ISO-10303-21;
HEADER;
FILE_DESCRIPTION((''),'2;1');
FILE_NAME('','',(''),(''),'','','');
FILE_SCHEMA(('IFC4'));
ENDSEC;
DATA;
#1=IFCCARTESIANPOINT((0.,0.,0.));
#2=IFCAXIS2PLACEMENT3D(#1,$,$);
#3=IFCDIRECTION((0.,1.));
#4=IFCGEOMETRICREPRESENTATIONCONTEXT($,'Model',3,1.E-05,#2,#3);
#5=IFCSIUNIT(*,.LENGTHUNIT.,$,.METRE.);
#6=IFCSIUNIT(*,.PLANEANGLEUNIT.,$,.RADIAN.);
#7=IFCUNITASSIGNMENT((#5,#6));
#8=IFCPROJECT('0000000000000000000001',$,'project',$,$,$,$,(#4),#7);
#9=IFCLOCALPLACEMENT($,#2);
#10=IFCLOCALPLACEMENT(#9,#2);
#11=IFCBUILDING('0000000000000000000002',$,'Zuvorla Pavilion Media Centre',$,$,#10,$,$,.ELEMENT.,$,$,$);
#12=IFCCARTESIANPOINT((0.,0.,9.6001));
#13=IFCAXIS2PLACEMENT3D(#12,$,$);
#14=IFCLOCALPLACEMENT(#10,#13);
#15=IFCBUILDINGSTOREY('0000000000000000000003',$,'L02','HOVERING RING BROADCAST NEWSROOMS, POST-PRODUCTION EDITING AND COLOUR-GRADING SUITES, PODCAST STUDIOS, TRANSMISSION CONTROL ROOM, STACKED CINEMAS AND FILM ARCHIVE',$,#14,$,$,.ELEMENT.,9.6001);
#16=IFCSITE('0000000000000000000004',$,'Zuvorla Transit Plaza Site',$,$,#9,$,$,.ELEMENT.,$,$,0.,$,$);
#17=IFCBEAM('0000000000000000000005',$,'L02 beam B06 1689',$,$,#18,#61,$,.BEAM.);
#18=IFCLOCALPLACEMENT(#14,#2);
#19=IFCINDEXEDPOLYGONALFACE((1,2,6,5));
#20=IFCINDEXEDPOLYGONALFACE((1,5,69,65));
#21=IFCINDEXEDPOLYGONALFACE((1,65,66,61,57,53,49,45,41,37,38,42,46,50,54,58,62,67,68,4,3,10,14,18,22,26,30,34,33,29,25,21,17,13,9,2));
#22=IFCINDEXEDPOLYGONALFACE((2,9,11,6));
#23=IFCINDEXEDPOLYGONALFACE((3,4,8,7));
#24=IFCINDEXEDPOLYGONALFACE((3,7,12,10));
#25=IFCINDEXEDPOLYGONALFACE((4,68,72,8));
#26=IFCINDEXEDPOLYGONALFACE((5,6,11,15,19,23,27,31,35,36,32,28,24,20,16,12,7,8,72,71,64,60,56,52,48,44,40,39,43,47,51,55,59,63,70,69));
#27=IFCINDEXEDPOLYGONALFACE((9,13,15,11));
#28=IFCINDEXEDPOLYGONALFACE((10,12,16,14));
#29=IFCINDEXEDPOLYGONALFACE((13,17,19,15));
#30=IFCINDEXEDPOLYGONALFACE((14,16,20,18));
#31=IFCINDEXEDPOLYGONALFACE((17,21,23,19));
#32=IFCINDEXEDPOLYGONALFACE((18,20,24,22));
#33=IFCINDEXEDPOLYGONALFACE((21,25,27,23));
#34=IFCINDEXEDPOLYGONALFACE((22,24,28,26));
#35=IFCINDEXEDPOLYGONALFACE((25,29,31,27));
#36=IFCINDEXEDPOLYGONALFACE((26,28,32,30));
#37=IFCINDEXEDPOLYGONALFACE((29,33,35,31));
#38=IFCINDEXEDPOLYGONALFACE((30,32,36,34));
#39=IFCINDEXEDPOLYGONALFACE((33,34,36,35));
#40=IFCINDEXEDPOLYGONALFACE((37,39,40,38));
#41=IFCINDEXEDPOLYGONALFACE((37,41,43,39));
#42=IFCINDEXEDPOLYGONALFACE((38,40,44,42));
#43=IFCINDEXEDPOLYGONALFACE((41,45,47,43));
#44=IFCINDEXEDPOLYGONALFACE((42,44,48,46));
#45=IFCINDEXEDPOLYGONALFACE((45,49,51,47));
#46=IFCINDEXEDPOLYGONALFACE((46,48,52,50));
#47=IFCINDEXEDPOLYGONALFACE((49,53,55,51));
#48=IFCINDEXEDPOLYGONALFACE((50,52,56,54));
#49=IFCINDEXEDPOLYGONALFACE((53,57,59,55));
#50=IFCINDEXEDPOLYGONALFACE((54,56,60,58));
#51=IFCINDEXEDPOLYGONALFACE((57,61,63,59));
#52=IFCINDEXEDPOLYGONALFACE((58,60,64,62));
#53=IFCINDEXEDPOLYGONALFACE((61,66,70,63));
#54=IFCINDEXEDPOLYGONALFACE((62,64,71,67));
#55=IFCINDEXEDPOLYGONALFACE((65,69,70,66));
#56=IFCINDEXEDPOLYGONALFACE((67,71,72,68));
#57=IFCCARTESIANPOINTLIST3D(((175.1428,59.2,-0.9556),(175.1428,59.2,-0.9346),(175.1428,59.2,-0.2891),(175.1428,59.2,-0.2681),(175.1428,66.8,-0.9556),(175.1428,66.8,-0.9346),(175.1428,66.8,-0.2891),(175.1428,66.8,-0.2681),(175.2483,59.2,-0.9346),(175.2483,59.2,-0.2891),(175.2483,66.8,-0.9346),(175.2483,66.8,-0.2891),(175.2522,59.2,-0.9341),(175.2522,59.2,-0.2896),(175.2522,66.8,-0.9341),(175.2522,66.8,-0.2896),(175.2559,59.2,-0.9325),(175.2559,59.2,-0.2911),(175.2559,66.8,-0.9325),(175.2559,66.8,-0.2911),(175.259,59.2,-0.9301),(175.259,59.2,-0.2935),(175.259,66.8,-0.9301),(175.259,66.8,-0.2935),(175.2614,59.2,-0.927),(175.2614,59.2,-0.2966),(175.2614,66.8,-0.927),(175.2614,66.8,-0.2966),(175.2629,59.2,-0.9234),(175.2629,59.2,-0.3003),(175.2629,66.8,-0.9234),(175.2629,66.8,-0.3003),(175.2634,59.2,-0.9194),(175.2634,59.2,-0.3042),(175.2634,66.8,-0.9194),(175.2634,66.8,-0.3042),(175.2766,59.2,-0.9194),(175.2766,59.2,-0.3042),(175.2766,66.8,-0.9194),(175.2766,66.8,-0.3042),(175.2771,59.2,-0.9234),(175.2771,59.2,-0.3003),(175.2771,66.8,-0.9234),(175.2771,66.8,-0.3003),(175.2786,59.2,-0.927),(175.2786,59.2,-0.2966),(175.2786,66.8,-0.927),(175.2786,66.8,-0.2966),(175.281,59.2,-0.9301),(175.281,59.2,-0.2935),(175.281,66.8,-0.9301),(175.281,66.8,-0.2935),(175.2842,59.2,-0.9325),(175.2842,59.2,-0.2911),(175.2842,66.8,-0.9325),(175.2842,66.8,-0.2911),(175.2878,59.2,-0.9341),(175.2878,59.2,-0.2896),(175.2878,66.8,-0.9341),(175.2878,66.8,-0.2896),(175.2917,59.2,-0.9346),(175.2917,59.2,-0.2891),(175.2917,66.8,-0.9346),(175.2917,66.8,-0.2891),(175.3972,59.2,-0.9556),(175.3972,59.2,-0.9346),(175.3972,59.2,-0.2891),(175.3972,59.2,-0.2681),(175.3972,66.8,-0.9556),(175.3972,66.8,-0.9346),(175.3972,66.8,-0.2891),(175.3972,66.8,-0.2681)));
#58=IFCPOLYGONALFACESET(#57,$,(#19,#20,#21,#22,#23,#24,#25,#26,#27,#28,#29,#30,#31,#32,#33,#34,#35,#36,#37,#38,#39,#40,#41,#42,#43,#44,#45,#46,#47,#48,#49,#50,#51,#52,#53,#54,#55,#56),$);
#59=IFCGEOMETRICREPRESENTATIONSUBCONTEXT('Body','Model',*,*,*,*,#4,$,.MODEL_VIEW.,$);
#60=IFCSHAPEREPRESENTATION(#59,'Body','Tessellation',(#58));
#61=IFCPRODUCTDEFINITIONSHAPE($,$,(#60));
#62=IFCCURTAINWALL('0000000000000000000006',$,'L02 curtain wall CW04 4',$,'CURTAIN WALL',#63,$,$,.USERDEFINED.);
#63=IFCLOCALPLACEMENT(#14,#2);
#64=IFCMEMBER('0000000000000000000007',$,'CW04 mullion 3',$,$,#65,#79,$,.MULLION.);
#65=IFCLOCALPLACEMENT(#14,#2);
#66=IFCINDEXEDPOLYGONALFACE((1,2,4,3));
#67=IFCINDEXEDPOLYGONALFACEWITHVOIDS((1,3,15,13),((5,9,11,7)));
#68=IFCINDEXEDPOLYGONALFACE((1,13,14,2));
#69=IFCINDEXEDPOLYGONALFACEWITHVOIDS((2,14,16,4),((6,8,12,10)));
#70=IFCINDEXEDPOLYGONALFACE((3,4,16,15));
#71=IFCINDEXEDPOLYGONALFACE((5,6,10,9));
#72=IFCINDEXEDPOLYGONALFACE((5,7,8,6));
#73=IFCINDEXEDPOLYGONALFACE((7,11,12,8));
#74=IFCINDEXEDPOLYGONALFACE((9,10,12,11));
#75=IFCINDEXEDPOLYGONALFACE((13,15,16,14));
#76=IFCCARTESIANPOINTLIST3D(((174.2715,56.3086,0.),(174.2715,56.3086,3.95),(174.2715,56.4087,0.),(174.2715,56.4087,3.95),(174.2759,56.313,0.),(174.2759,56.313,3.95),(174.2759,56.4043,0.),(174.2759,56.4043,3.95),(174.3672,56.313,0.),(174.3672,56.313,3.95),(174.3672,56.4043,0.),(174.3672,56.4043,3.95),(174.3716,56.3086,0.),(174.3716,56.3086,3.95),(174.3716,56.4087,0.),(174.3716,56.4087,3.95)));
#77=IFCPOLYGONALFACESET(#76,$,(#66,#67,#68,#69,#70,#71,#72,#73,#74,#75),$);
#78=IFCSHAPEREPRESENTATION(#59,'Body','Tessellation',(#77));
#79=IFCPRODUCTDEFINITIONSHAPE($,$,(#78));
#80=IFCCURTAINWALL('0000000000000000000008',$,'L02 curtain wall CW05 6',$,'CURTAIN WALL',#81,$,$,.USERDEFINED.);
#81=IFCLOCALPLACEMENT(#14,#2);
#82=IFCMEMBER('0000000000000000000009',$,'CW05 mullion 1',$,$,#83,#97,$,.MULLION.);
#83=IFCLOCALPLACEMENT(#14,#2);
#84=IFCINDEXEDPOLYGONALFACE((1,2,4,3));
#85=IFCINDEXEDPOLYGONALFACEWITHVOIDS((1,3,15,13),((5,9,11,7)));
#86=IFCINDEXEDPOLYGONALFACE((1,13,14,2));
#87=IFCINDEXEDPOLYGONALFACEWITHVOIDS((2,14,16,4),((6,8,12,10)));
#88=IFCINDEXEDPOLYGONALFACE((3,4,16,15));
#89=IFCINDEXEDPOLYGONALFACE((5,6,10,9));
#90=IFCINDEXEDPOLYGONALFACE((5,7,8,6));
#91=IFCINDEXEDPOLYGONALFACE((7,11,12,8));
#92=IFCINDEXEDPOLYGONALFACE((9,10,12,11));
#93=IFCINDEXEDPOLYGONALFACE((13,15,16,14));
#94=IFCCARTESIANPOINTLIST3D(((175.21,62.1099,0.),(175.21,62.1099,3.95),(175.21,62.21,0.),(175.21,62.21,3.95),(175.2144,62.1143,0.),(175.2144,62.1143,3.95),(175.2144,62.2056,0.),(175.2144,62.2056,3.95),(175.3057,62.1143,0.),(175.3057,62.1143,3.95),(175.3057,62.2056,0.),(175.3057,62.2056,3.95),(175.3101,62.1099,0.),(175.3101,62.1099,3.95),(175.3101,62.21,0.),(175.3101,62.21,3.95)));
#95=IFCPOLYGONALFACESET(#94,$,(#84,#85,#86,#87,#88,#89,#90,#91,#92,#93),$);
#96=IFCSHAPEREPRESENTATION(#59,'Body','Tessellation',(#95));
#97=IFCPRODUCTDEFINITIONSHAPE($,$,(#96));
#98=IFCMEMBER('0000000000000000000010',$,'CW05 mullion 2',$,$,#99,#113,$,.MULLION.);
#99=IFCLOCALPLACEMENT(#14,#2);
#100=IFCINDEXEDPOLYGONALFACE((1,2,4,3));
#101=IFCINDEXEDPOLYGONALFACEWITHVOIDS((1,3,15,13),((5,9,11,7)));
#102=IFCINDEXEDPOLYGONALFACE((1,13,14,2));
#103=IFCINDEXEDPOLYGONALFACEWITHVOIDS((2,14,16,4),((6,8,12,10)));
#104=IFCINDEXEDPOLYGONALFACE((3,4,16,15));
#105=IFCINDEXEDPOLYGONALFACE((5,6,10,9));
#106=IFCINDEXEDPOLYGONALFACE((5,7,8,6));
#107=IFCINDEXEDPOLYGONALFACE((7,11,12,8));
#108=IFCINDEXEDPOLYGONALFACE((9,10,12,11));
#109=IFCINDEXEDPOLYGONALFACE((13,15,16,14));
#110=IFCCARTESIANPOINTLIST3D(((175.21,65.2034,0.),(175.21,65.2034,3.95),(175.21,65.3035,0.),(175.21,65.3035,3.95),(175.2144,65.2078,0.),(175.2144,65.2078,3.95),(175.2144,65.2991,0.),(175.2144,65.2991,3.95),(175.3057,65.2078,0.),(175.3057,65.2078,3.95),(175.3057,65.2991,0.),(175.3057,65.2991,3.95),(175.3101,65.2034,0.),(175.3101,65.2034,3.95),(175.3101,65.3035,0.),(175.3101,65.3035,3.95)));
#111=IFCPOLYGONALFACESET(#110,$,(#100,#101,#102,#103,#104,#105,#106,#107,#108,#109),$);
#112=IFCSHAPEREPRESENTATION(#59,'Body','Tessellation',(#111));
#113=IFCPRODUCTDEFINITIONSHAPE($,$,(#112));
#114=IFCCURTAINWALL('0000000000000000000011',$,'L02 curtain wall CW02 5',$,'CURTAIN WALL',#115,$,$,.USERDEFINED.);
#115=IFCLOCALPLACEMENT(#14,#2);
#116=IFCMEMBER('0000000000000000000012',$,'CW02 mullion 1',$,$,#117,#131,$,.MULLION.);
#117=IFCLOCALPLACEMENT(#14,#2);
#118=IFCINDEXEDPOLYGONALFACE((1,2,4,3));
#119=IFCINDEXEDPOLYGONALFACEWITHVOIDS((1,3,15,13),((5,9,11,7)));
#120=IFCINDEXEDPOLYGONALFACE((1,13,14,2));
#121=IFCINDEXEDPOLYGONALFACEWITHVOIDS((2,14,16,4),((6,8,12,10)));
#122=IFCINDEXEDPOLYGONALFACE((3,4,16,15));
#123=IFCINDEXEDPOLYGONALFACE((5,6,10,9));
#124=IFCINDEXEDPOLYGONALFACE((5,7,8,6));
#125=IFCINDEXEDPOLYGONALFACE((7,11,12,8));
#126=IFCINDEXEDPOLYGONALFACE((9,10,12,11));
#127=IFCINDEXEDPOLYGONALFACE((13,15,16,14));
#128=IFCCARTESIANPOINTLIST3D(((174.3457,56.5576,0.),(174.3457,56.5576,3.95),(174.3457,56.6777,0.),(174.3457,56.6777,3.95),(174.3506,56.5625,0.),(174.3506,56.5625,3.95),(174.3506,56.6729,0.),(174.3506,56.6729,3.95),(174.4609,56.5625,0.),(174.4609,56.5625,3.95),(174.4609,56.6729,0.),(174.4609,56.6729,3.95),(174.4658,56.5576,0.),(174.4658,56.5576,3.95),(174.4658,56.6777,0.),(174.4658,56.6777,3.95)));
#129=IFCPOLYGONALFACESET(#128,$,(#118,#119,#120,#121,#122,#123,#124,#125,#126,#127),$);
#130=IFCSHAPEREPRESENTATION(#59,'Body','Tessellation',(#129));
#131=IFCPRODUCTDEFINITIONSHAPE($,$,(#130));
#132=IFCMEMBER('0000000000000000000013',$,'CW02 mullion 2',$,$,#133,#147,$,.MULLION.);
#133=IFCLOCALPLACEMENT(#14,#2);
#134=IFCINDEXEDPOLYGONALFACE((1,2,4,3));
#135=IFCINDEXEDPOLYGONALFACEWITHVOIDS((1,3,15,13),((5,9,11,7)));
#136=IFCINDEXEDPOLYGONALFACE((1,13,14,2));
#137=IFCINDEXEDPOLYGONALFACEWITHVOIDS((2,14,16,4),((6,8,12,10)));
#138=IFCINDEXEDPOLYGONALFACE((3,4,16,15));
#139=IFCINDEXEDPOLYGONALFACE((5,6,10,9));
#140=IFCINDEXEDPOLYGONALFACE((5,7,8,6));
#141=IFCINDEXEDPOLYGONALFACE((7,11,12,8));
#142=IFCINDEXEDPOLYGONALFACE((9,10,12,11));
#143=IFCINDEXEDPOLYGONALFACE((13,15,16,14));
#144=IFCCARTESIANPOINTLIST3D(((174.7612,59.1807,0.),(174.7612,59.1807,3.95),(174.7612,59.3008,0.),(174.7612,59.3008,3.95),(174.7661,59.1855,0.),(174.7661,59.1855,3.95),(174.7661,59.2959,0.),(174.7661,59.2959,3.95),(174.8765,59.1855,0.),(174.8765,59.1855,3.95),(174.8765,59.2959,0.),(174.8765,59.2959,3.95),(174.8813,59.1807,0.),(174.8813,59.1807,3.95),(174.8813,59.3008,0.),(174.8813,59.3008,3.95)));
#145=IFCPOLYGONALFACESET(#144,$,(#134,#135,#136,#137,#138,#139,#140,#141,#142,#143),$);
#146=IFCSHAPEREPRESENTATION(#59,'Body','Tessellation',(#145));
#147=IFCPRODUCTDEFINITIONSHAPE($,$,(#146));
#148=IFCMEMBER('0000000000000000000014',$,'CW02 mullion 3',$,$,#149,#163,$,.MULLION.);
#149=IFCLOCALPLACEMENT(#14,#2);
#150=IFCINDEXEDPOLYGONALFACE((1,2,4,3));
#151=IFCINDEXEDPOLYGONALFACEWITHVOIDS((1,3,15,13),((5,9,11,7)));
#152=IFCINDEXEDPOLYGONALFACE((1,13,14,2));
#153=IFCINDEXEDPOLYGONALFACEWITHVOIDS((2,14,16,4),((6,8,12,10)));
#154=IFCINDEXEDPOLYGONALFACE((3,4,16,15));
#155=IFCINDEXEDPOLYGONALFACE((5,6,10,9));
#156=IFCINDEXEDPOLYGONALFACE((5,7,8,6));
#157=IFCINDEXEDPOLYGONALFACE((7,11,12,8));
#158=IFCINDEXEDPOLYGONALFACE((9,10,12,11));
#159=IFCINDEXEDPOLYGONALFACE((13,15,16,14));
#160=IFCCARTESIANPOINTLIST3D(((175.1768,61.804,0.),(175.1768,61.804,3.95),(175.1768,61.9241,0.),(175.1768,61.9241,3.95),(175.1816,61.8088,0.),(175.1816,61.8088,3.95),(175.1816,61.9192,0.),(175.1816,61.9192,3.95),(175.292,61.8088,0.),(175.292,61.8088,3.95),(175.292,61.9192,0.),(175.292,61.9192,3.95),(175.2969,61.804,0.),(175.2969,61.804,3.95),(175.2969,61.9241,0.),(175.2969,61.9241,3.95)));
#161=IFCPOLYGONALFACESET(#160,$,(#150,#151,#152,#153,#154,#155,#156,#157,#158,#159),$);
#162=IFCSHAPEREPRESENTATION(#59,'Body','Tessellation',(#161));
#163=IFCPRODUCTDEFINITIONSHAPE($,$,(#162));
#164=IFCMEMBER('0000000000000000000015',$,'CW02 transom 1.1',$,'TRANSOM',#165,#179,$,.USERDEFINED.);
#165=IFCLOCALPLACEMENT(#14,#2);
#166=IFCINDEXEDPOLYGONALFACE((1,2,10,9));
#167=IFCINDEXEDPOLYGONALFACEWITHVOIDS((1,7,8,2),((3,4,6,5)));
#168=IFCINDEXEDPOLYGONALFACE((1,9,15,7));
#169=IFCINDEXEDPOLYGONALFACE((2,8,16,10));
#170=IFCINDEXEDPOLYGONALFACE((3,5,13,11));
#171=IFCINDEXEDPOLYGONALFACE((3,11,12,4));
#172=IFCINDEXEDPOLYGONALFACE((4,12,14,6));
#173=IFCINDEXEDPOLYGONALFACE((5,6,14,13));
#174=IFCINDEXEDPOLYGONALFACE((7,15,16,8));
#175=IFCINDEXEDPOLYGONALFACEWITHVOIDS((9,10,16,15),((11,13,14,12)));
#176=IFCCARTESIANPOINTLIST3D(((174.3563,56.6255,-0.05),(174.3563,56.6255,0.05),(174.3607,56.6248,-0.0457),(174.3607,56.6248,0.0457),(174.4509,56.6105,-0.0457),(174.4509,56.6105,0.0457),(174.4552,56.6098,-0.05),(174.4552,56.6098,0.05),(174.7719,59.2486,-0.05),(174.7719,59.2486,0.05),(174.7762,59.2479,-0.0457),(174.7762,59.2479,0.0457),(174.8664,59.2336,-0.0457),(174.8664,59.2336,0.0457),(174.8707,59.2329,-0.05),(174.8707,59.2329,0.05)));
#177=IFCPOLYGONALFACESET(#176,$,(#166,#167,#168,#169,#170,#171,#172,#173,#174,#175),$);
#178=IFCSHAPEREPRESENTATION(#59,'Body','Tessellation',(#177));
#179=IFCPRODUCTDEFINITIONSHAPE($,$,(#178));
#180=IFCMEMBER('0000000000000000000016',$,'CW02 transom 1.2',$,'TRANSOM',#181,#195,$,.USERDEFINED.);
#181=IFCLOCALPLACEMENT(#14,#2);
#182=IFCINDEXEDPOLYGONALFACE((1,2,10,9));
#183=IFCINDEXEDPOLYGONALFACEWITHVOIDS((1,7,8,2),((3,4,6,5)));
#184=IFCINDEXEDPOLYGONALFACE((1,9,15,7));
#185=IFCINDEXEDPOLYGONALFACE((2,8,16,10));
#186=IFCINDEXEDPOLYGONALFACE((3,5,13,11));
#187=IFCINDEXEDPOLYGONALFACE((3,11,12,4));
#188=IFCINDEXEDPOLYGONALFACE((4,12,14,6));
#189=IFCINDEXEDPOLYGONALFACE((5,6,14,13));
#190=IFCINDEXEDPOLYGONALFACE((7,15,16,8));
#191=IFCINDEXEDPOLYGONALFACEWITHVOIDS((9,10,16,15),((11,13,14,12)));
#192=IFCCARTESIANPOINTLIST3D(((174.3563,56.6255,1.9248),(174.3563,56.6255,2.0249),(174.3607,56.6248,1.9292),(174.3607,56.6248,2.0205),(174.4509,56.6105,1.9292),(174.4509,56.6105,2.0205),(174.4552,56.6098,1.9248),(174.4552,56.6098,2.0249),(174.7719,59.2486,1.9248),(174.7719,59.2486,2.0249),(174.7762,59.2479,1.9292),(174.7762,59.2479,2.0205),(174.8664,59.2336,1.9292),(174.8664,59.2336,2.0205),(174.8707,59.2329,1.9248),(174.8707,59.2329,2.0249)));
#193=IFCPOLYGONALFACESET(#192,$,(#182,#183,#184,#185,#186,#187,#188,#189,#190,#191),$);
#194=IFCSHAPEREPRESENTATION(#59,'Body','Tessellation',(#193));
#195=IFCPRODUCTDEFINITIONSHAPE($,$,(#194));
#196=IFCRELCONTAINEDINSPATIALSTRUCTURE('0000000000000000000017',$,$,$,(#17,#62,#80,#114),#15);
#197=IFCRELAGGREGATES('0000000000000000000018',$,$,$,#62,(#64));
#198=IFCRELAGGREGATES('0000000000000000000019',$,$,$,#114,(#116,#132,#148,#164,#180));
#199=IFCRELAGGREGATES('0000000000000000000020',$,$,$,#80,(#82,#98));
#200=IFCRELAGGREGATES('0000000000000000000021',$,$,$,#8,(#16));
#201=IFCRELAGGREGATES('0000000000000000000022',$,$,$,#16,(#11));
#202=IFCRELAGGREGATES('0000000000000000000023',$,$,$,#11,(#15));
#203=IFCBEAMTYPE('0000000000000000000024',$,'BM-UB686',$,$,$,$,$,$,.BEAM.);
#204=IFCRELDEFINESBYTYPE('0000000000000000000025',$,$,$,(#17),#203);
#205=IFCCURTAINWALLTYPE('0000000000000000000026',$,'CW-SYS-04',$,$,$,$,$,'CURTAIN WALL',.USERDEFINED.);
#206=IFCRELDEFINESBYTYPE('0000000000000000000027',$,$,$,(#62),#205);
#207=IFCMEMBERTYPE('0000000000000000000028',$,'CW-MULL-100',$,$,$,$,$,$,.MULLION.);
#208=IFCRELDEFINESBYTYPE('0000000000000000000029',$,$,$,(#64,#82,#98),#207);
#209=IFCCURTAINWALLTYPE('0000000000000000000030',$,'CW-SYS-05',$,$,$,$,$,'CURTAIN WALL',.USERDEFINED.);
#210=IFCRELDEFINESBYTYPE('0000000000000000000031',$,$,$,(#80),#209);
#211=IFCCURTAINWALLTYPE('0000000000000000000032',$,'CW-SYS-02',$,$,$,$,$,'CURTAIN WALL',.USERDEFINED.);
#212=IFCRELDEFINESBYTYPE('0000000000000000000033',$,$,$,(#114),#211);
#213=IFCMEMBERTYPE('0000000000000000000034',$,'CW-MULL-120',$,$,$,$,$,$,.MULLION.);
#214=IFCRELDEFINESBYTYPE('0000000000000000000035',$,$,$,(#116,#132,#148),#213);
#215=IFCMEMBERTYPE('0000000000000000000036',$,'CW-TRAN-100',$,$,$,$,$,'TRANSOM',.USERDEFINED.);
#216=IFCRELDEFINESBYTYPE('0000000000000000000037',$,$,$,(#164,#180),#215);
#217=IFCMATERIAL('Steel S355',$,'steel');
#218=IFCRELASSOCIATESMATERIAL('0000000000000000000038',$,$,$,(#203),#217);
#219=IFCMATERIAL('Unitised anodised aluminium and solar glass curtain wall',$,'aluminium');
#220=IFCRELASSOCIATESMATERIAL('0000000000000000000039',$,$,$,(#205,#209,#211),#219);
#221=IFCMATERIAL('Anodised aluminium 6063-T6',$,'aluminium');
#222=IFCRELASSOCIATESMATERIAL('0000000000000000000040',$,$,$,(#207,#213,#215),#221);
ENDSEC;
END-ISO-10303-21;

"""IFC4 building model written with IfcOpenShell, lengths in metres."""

from ifc_helpers import new_model, si_unit, direction, frame, origin, origin_2d, place, context, subcontext, project, spatial, hollow_rectangle, i_section, extrude, material, material_profile, profile_set, type_object, element, aggregate, save


model = new_model("IFC4")

# Units and contexts
model_context = context("Model", 3, precision=1e-05, world=origin(), true_north=direction((0.0, 1.0)))
body_context = subcontext(model_context, "Body", "Model", "MODEL_VIEW")
ifc_project = project(units=[si_unit("LENGTHUNIT", "METRE"), si_unit("PLANEANGLEUNIT", "RADIAN")], contexts=[model_context])

# Site, building, storey
site_placement = place(None, origin())
site = spatial("IfcSite", under=ifc_project, at=site_placement, Name="Zuvorla Transit Plaza Site", CompositionType="ELEMENT", RefElevation=0.0)
building_placement = place(site_placement, origin())
building = spatial("IfcBuilding", under=site, at=building_placement, Name="Zuvorla Pavilion Media Centre", CompositionType="ELEMENT")
storey_placement = place(building_placement, frame((0.0, 0.0, 9.6001)))
storey = spatial("IfcBuildingStorey", under=building, at=storey_placement, Name="L02", Description="HOVERING RING BROADCAST NEWSROOMS, POST-PRODUCTION EDITING AND COLOUR-GRADING SUITES, PODCAST STUDIOS, TRANSMISSION CONTROL ROOM, STACKED CINEMAS AND FILM ARCHIVE", CompositionType="ELEMENT", Elevation=9.6001)

# Beam
ifc_material_1 = material(Name="Steel S355", Category="steel")
ifc_material_profile_1 = material_profile(ifc_material_1, i_section(OverallWidth=0.2544, OverallDepth=0.6875, WebThickness=0.0132, FlangeThickness=0.021, FilletRadius=0.0151, at=origin_2d()), Name="UB 686x254x152")
ifc_profile_set_1 = profile_set([ifc_material_profile_1], Name="Steel S355")
beam_type = type_object("IfcBeamType", Name="BM-UB686", PredefinedType="BEAM", material=ifc_profile_set_1)
beam_placement = place(storey_placement, frame((175.27, 59.2, -0.6118), z_axis=(0.0, 1.0, 0.0), x_axis=(-1.0, 0.0, 0.0)))
element("IfcBeam", 1, at=beam_placement, inside=storey, type_object=beam_type, Name="L02 beam B06 1689", PredefinedType="BEAM", context=body_context, shape_type="SweptSolid", body=[
    extrude(i_section(OverallWidth=0.2544, OverallDepth=0.6875, WebThickness=0.0132, FlangeThickness=0.021, FilletRadius=0.0151, at=origin_2d()), origin(), (0.0, 0.0, 1.0), 7.6001),
])

# Curtain wall, member
ifc_material_2 = material(Name="Unitised anodised aluminium and solar glass curtain wall", Category="aluminium")
curtain_wall_type_1 = type_object("IfcCurtainWallType", Name="CW-SYS-04", ElementType="CURTAIN WALL", PredefinedType="USERDEFINED", material=ifc_material_2)
curtain_wall_1_placement = place(storey_placement, origin())
curtain_wall_1 = element("IfcCurtainWall", 2, at=curtain_wall_1_placement, inside=storey, type_object=curtain_wall_type_1, Name="L02 curtain wall CW04 4", ObjectType="CURTAIN WALL", PredefinedType="USERDEFINED")
ifc_material_3 = material(Name="Anodised aluminium 6063-T6", Category="aluminium")
ifc_material_profile_2 = material_profile(ifc_material_3, hollow_rectangle(XDim=0.1001, YDim=0.1001, WallThickness=0.0044, at=origin_2d()), Name="ALU MULL 100x100")
ifc_profile_set_2 = profile_set([ifc_material_profile_2], Name="Anodised aluminium 6063-T6")
member_type_1 = type_object("IfcMemberType", Name="CW-MULL-100", PredefinedType="MULLION", material=ifc_profile_set_2)
member_1_placement = place(storey_placement, frame((174.3215, 56.3586, 0.0), z_axis=(0.0, 0.0, 1.0), x_axis=(1.0, 0.0, 0.0)))
member_1 = element("IfcMember", 3, at=member_1_placement, type_object=member_type_1, Name="CW04 mullion 3", PredefinedType="MULLION", context=body_context, shape_type="SweptSolid", body=[
    extrude(hollow_rectangle(XDim=0.1001, YDim=0.1001, WallThickness=0.0044, at=origin_2d()), origin(), (0.0, 0.0, 1.0), 3.95),
])

# Curtain walls, members
curtain_wall_type_2 = type_object("IfcCurtainWallType", Name="CW-SYS-05", ElementType="CURTAIN WALL", PredefinedType="USERDEFINED", material=ifc_material_2)
curtain_wall_2_placement = place(storey_placement, origin())
curtain_wall_2 = element("IfcCurtainWall", 4, at=curtain_wall_2_placement, inside=storey, type_object=curtain_wall_type_2, Name="L02 curtain wall CW05 6", ObjectType="CURTAIN WALL", PredefinedType="USERDEFINED")
member_2_placement = place(storey_placement, frame((175.26, 62.1599, 0.0), z_axis=(0.0, 0.0, 1.0), x_axis=(1.0, 0.0, 0.0)))
member_2 = element("IfcMember", 5, at=member_2_placement, type_object=member_type_1, Name="CW05 mullion 1", PredefinedType="MULLION", context=body_context, shape_type="SweptSolid", body=[
    extrude(hollow_rectangle(XDim=0.1001, YDim=0.1001, WallThickness=0.0044, at=origin_2d()), origin(), (0.0, 0.0, 1.0), 3.95),
])
member_3_placement = place(storey_placement, frame((175.26, 65.2534, 0.0), z_axis=(0.0, 0.0, 1.0), x_axis=(1.0, 0.0, 0.0)))
member_3 = element("IfcMember", 6, at=member_3_placement, type_object=member_type_1, Name="CW05 mullion 2", PredefinedType="MULLION", context=body_context, shape_type="SweptSolid", body=[
    extrude(hollow_rectangle(XDim=0.1001, YDim=0.1001, WallThickness=0.0044, at=origin_2d()), origin(), (0.0, 0.0, 1.0), 3.95),
])
curtain_wall_type_3 = type_object("IfcCurtainWallType", Name="CW-SYS-02", ElementType="CURTAIN WALL", PredefinedType="USERDEFINED", material=ifc_material_2)
curtain_wall_3_placement = place(storey_placement, origin())
curtain_wall_3 = element("IfcCurtainWall", 7, at=curtain_wall_3_placement, inside=storey, type_object=curtain_wall_type_3, Name="L02 curtain wall CW02 5", ObjectType="CURTAIN WALL", PredefinedType="USERDEFINED")
ifc_material_profile_3 = material_profile(ifc_material_3, hollow_rectangle(XDim=0.1201, YDim=0.1201, WallThickness=0.0049, at=origin_2d()), Name="ALU MULL 120x120")
ifc_profile_set_3 = profile_set([ifc_material_profile_3], Name="Anodised aluminium 6063-T6")
member_type_2 = type_object("IfcMemberType", Name="CW-MULL-120", PredefinedType="MULLION", material=ifc_profile_set_3)
member_4_placement = place(storey_placement, frame((174.4058, 56.6177, 0.0), z_axis=(0.0, 0.0, 1.0), x_axis=(1.0, 0.0, 0.0)))
member_4 = element("IfcMember", 8, at=member_4_placement, type_object=member_type_2, Name="CW02 mullion 1", PredefinedType="MULLION", context=body_context, shape_type="SweptSolid", body=[
    extrude(hollow_rectangle(XDim=0.1201, YDim=0.1201, WallThickness=0.0049, at=origin_2d()), origin(), (0.0, 0.0, 1.0), 3.95),
])
member_5_placement = place(storey_placement, frame((174.8213, 59.2407, 0.0), z_axis=(0.0, 0.0, 1.0), x_axis=(1.0, 0.0, 0.0)))
member_5 = element("IfcMember", 9, at=member_5_placement, type_object=member_type_2, Name="CW02 mullion 2", PredefinedType="MULLION", context=body_context, shape_type="SweptSolid", body=[
    extrude(hollow_rectangle(XDim=0.1201, YDim=0.1201, WallThickness=0.0049, at=origin_2d()), origin(), (0.0, 0.0, 1.0), 3.95),
])
member_6_placement = place(storey_placement, frame((175.2368, 61.864, 0.0), z_axis=(0.0, 0.0, 1.0), x_axis=(1.0, 0.0, 0.0)))
member_6 = element("IfcMember", 10, at=member_6_placement, type_object=member_type_2, Name="CW02 mullion 3", PredefinedType="MULLION", context=body_context, shape_type="SweptSolid", body=[
    extrude(hollow_rectangle(XDim=0.1201, YDim=0.1201, WallThickness=0.0049, at=origin_2d()), origin(), (0.0, 0.0, 1.0), 3.95),
])
ifc_material_profile_4 = material_profile(ifc_material_3, hollow_rectangle(XDim=0.1001, YDim=0.1001, WallThickness=0.0044, at=origin_2d()), Name="ALU TRAN 100x100")
ifc_profile_set_4 = profile_set([ifc_material_profile_4], Name="Anodised aluminium 6063-T6")
member_type_3 = type_object("IfcMemberType", Name="CW-TRAN-100", ElementType="TRANSOM", PredefinedType="USERDEFINED", material=ifc_profile_set_4)
member_7_placement = place(storey_placement, frame((174.4058, 56.6177, 0.0), z_axis=(0.156463, 0.987684, 0.0), x_axis=(-0.987684, 0.156463, 0.0)))
member_7 = element("IfcMember", 11, at=member_7_placement, type_object=member_type_3, Name="CW02 transom 1.1", ObjectType="TRANSOM", PredefinedType="USERDEFINED", context=body_context, shape_type="SweptSolid", body=[
    extrude(hollow_rectangle(XDim=0.1001, YDim=0.1001, WallThickness=0.0044, at=origin_2d()), origin(), (0.0, 0.0, 1.0), 2.6558),
])
member_8_placement = place(storey_placement, frame((174.4058, 56.6177, 1.9749), z_axis=(0.156463, 0.987684, 0.0), x_axis=(-0.987684, 0.156463, 0.0)))
member_8 = element("IfcMember", 12, at=member_8_placement, type_object=member_type_3, Name="CW02 transom 1.2", ObjectType="TRANSOM", PredefinedType="USERDEFINED", context=body_context, shape_type="SweptSolid", body=[
    extrude(hollow_rectangle(XDim=0.1001, YDim=0.1001, WallThickness=0.0044, at=origin_2d()), origin(), (0.0, 0.0, 1.0), 2.6558),
])

aggregate(curtain_wall_1, [member_1])
aggregate(curtain_wall_3, [member_4, member_5, member_6, member_7, member_8])
aggregate(curtain_wall_2, [member_2, member_3])

save(model, "model.ifc")
